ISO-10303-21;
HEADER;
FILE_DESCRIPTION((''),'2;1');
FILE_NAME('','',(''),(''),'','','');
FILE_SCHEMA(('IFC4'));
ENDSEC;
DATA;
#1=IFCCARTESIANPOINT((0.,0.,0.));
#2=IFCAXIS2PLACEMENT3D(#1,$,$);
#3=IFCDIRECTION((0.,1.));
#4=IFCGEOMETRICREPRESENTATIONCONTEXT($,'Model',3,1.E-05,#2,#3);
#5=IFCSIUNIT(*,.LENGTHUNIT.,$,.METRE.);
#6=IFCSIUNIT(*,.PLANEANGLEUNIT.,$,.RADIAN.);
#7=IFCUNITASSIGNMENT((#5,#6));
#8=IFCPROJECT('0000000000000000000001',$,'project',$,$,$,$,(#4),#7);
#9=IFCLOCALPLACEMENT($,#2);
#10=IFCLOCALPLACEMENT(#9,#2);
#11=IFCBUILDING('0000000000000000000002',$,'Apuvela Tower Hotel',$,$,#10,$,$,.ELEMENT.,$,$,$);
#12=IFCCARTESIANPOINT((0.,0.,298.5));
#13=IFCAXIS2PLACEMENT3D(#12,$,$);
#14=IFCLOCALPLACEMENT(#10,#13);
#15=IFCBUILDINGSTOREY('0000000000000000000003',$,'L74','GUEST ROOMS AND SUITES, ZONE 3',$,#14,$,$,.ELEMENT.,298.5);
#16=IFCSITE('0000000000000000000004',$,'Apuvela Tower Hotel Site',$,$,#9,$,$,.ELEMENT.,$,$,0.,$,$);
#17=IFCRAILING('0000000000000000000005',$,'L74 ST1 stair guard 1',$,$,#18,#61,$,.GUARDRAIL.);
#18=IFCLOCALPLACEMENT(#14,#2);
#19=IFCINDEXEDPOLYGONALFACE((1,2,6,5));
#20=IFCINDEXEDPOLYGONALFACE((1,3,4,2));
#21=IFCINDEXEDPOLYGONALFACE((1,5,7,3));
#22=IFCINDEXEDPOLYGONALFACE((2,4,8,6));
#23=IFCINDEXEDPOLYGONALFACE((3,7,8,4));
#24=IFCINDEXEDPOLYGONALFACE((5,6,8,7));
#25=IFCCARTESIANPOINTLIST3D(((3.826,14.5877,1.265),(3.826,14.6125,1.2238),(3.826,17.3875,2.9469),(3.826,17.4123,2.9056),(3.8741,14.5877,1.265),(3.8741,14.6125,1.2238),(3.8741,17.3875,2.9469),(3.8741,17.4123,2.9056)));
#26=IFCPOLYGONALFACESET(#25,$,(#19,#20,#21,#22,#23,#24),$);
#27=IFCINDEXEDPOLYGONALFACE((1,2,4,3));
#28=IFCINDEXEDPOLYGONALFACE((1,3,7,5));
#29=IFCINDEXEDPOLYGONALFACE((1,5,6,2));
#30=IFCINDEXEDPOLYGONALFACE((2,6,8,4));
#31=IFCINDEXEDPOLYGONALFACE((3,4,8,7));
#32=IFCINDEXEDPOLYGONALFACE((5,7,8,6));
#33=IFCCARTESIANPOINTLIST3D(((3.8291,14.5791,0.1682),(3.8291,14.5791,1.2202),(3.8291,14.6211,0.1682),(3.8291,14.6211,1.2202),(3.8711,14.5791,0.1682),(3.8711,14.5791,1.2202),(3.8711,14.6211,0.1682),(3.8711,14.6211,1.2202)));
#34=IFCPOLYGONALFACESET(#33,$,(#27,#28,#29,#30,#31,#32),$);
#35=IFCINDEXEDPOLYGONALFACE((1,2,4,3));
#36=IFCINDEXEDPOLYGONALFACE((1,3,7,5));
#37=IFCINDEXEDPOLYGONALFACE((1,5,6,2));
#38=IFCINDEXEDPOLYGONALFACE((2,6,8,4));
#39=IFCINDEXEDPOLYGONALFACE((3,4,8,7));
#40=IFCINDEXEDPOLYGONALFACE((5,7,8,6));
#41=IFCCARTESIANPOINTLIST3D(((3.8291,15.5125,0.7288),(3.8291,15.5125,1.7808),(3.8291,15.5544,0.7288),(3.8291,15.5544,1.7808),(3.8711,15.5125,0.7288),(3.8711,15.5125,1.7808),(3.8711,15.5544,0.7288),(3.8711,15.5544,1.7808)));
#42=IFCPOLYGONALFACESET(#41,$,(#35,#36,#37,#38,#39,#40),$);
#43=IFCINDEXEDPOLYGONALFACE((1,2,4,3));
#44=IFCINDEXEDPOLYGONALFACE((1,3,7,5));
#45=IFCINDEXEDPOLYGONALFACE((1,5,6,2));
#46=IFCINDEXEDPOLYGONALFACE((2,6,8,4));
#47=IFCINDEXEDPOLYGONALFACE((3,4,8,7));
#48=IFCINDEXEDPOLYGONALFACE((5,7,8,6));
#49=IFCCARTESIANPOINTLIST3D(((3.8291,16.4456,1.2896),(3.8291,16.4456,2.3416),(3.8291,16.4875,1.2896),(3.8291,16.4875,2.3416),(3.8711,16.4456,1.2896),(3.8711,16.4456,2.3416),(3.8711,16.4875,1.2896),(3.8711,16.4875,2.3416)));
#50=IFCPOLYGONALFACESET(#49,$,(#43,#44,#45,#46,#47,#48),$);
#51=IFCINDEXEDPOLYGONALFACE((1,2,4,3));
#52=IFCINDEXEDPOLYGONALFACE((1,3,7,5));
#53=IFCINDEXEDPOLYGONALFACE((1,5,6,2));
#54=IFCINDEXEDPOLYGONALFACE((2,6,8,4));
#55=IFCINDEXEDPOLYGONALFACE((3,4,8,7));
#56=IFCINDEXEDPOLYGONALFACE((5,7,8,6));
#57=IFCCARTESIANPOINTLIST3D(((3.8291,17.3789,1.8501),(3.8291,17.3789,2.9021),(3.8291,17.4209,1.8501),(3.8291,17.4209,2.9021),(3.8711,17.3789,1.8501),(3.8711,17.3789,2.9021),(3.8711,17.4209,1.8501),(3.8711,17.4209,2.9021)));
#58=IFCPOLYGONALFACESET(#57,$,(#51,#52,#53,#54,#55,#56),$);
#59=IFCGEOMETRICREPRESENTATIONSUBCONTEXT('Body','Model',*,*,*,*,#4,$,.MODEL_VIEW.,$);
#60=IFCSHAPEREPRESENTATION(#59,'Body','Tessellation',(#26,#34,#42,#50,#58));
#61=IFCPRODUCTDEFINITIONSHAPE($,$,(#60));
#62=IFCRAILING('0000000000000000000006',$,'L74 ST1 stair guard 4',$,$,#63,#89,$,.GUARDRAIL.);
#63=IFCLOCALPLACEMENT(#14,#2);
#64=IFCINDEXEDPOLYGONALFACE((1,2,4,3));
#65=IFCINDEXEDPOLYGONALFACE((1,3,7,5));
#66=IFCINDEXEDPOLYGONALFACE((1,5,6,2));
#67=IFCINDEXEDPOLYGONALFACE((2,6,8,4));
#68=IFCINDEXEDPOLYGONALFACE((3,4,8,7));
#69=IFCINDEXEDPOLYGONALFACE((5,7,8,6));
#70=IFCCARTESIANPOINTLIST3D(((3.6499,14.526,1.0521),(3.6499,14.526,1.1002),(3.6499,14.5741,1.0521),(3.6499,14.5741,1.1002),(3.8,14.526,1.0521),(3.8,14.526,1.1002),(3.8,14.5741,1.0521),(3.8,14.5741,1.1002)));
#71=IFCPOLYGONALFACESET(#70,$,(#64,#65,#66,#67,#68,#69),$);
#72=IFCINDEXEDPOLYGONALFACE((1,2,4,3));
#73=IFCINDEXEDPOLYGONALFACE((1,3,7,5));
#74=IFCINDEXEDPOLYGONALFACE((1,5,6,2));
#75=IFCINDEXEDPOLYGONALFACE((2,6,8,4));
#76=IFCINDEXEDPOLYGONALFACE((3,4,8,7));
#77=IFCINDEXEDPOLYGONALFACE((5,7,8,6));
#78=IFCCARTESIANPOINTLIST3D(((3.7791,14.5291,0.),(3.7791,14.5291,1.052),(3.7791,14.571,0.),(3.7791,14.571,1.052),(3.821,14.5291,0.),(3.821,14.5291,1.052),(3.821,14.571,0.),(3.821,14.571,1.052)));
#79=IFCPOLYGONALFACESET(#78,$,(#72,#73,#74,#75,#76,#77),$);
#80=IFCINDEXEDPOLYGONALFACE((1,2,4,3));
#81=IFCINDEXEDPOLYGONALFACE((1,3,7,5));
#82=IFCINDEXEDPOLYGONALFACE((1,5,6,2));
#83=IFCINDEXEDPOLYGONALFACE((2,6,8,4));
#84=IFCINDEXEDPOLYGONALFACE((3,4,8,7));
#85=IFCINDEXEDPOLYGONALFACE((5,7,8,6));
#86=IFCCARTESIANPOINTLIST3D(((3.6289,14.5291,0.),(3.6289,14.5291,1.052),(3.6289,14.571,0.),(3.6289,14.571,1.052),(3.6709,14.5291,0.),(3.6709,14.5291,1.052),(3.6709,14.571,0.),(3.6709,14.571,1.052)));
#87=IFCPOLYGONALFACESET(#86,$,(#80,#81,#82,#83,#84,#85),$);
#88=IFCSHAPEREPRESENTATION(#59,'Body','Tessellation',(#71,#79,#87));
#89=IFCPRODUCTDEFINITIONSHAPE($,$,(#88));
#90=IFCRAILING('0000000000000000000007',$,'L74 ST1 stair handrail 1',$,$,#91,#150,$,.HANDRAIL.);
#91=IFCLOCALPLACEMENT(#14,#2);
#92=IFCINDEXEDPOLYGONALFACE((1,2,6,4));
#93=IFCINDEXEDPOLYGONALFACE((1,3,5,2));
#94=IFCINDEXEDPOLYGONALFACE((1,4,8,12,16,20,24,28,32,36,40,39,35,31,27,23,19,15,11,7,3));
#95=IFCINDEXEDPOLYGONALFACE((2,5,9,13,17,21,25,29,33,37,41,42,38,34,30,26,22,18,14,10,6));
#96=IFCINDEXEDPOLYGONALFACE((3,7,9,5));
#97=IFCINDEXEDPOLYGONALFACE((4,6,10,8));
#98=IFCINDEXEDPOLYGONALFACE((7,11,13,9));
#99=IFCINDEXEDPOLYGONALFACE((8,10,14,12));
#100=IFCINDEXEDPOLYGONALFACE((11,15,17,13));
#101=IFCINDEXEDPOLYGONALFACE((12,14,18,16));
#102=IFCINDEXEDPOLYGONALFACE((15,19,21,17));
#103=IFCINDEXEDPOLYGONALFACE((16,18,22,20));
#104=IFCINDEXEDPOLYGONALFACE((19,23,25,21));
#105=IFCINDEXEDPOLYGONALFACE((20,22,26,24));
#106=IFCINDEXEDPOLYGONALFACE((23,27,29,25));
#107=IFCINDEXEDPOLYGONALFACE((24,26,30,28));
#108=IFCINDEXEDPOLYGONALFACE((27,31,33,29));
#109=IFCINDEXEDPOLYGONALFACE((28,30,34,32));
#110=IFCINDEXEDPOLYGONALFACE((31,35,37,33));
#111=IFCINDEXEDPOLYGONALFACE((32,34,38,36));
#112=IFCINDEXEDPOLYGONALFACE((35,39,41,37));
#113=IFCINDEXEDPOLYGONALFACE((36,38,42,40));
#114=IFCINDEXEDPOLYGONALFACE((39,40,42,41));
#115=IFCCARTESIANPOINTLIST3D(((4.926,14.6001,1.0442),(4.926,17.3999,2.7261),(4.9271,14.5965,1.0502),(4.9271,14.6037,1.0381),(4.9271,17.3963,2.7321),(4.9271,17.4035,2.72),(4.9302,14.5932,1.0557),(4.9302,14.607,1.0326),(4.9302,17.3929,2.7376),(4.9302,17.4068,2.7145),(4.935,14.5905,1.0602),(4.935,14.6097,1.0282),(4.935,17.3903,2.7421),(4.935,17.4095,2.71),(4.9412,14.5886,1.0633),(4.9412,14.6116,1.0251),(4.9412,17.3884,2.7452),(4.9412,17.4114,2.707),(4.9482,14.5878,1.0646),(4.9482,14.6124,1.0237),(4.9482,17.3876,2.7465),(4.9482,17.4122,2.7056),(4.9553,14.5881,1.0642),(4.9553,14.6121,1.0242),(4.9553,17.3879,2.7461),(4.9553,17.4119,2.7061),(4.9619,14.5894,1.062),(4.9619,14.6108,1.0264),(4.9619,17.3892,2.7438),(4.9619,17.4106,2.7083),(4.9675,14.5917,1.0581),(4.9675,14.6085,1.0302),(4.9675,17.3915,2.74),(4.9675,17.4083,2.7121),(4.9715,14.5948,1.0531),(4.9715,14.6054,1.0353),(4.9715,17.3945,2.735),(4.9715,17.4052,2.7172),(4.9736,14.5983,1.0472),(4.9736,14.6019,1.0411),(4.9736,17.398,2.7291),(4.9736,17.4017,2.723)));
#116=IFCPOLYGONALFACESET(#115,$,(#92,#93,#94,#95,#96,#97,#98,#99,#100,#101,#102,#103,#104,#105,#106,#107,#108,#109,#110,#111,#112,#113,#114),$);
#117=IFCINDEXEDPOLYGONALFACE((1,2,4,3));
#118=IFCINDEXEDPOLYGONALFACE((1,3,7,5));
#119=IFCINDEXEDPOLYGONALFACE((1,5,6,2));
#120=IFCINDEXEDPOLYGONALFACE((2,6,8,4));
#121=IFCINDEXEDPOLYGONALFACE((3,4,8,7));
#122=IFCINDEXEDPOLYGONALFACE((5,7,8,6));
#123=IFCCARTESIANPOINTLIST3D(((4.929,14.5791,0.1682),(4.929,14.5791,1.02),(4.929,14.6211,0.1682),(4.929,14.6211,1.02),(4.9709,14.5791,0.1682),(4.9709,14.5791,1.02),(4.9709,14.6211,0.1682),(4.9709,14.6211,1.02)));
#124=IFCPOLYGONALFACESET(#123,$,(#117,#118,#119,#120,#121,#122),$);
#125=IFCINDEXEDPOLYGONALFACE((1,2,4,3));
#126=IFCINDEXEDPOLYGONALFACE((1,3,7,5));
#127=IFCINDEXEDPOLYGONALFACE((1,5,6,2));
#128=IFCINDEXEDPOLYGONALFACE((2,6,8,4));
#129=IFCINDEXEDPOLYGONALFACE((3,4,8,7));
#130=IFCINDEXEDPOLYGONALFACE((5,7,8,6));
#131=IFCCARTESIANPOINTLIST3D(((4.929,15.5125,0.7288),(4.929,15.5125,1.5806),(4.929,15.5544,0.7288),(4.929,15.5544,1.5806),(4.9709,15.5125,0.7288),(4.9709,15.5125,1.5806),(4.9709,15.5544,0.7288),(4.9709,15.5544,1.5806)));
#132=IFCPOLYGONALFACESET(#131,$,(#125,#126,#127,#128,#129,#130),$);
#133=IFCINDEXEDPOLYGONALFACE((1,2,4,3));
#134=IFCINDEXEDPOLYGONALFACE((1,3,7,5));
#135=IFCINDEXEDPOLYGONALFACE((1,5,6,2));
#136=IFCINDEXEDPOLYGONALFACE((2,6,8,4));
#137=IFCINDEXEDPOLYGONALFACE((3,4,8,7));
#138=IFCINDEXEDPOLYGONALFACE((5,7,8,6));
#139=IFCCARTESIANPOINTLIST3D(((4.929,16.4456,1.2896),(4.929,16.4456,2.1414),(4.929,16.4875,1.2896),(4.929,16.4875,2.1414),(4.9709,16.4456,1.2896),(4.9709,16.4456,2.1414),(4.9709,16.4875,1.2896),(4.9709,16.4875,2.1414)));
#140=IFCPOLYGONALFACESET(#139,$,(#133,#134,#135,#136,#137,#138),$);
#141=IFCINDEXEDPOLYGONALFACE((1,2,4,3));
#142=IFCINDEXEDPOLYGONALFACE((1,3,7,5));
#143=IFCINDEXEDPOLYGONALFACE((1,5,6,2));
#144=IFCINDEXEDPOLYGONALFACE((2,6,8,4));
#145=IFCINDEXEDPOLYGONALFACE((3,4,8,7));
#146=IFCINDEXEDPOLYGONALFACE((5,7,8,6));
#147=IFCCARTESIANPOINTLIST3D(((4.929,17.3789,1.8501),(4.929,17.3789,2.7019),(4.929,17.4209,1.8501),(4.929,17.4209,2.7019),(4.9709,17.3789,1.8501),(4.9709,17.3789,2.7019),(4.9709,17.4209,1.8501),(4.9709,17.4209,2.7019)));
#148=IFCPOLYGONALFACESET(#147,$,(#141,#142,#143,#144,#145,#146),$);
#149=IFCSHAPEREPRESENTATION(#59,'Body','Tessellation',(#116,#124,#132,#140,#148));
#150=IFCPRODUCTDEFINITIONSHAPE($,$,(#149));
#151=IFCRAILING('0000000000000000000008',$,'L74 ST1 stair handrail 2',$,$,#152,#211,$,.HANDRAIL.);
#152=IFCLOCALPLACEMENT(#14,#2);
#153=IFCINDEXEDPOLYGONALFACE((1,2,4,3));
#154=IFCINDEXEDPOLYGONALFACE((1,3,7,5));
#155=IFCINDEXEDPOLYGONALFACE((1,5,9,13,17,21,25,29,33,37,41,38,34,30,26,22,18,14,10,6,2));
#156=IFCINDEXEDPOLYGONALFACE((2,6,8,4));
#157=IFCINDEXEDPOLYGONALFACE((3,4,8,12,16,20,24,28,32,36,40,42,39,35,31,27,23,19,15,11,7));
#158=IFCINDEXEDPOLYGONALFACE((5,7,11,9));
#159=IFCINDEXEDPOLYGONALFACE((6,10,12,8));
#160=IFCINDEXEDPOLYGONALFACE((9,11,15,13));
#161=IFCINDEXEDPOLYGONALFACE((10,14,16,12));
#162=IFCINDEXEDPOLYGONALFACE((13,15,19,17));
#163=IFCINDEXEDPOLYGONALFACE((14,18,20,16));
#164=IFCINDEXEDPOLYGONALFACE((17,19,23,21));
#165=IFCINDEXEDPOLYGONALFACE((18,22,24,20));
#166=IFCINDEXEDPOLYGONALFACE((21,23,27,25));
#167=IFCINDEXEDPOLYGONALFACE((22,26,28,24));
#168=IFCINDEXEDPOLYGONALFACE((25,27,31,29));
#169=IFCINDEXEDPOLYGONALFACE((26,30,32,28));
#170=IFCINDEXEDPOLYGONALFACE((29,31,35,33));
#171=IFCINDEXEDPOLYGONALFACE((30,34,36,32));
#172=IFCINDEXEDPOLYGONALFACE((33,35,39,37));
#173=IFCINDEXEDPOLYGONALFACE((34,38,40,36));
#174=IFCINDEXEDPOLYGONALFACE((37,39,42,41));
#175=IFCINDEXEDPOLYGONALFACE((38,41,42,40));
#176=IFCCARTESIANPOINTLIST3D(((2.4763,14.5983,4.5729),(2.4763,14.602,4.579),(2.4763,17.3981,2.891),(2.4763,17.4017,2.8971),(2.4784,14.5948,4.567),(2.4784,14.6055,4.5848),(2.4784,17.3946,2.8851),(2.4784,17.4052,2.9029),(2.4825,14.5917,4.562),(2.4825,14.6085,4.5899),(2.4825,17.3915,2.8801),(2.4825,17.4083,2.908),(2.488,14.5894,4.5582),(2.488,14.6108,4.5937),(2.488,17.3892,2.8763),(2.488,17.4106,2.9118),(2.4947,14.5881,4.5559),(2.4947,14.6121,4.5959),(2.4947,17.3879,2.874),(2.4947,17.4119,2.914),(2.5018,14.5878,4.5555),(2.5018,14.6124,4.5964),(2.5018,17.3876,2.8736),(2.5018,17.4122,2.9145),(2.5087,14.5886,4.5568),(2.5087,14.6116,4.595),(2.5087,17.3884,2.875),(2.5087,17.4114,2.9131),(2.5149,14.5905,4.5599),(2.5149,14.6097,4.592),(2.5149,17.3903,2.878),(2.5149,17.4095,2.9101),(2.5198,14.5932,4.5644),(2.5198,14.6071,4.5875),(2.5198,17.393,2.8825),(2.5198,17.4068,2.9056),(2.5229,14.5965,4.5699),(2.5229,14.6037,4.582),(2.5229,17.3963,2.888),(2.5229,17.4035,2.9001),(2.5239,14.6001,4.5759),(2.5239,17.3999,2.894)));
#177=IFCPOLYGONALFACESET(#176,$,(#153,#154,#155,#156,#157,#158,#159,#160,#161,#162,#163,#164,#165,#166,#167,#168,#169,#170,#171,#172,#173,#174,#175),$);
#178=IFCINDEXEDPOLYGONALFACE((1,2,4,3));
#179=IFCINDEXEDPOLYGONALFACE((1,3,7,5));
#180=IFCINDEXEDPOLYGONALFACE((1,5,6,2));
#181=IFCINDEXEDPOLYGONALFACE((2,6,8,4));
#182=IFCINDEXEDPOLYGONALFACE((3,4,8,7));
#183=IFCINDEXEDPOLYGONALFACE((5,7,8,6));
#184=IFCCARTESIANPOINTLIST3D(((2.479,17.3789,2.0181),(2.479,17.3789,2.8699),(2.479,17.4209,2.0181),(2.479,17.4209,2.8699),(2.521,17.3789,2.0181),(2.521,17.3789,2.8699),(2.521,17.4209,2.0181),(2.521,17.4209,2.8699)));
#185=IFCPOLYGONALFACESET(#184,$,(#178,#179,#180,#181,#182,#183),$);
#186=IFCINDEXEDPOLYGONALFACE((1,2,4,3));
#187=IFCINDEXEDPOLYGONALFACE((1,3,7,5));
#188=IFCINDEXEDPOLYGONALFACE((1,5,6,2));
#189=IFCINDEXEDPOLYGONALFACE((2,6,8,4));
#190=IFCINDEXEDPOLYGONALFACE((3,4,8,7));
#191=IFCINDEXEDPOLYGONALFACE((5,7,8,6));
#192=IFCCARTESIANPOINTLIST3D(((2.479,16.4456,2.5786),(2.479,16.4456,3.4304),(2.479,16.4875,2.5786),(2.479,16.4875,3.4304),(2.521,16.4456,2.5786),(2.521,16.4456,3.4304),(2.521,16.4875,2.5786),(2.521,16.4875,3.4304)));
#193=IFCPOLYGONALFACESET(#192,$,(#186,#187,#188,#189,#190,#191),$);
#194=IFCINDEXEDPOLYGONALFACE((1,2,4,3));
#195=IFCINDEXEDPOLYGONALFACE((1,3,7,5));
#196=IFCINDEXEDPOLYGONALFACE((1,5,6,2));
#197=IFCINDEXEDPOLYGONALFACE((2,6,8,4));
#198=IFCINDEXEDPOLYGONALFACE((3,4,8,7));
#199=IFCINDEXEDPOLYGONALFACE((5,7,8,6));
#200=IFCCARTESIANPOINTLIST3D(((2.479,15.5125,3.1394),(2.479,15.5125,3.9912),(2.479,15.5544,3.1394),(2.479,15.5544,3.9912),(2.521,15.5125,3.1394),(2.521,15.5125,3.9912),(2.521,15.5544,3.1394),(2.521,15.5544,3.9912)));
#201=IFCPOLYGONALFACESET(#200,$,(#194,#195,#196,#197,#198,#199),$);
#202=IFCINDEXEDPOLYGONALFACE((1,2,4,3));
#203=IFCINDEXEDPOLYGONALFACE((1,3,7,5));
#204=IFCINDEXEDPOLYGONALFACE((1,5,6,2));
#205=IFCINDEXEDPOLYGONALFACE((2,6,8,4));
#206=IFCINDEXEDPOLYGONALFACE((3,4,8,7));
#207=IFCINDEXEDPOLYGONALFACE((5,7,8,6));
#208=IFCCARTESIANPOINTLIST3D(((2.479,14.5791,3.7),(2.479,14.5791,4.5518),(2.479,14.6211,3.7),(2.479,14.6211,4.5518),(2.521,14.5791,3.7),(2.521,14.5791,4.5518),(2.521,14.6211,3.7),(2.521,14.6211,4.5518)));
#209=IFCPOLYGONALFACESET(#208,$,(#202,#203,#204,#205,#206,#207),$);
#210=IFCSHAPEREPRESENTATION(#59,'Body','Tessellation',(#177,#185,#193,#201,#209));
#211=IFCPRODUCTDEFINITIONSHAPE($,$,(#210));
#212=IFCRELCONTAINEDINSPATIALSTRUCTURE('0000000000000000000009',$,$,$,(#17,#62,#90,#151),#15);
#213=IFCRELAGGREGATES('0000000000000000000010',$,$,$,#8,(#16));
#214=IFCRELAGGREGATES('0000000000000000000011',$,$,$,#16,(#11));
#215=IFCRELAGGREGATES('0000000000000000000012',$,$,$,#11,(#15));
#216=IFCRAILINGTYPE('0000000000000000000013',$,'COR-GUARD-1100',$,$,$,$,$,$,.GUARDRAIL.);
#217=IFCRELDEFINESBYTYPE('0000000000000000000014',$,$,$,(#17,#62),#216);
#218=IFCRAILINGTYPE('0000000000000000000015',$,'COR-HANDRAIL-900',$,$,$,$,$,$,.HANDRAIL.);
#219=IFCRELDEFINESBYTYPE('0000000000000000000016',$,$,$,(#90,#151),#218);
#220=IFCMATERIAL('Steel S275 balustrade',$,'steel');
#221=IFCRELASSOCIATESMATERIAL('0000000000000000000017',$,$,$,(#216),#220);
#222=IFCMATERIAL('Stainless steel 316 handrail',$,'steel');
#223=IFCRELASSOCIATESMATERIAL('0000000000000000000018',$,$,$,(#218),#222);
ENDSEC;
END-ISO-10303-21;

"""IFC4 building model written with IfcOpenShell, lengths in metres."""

from ifc_helpers import new_model, si_unit, direction, frame, origin, origin_2d, place, context, subcontext, project, spatial, rectangle, circle, extrude, material, type_object, element, save


model = new_model("IFC4")

# Units and contexts
model_context = context("Model", 3, precision=1e-05, world=origin(), true_north=direction((0.0, 1.0)))
body_context = subcontext(model_context, "Body", "Model", "MODEL_VIEW")
ifc_project = project(units=[si_unit("LENGTHUNIT", "METRE"), si_unit("PLANEANGLEUNIT", "RADIAN")], contexts=[model_context])

# Site, building, storey
site_placement = place(None, origin())
site = spatial("IfcSite", under=ifc_project, at=site_placement, Name="Apuvela Tower Hotel Site", CompositionType="ELEMENT", RefElevation=0.0)
building_placement = place(site_placement, origin())
building = spatial("IfcBuilding", under=site, at=building_placement, Name="Apuvela Tower Hotel", CompositionType="ELEMENT")
storey_placement = place(building_placement, frame((0.0, 0.0, 298.5)))
storey = spatial("IfcBuildingStorey", under=building, at=storey_placement, Name="L74", Description="GUEST ROOMS AND SUITES, ZONE 3", CompositionType="ELEMENT", Elevation=298.5)

# Railings
ifc_material_1 = material(Name="Steel S275 balustrade", Category="steel")
railing_type_1 = type_object("IfcRailingType", Name="COR-GUARD-1100", PredefinedType="GUARDRAIL", material=ifc_material_1)
railing_1_placement = place(storey_placement, frame((3.8501, 14.6001, 0.1682)))
element("IfcRailing", 1, at=railing_1_placement, inside=storey, type_object=railing_type_1, Name="L74 ST1 stair guard 1", PredefinedType="GUARDRAIL", context=body_context, shape_type="SweptSolid", body=[
    extrude(rectangle(XDim=0.0481, YDim=0.0481, at=origin_2d()), frame((0.0, 0.0, 1.0762), z_axis=(0.0, 0.857222, 0.514946), x_axis=(-1.0, 0.0, 0.0)), (0.0, 0.0, 1.0), 3.2661),
    extrude(rectangle(XDim=0.042, YDim=0.042, at=origin_2d()), origin(), (0.0, 0.0, 1.0), 1.052),
    extrude(rectangle(XDim=0.042, YDim=0.042, at=origin_2d()), frame((0.0, 0.9333, 0.5605)), (0.0, 0.0, 1.0), 1.052),
    extrude(rectangle(XDim=0.042, YDim=0.042, at=origin_2d()), frame((0.0, 1.8665, 1.1213)), (0.0, 0.0, 1.0), 1.052),
    extrude(rectangle(XDim=0.042, YDim=0.042, at=origin_2d()), frame((0.0, 2.7998, 1.6819)), (0.0, 0.0, 1.0), 1.052),
])
railing_2_placement = place(storey_placement, frame((3.8, 14.55, 0.0)))
element("IfcRailing", 2, at=railing_2_placement, inside=storey, type_object=railing_type_1, Name="L74 ST1 stair guard 4", PredefinedType="GUARDRAIL", context=body_context, shape_type="SweptSolid", body=[
    extrude(rectangle(XDim=0.0481, YDim=0.0481, at=origin_2d()), frame((0.0, 0.0, 1.0762), z_axis=(-1.0, 0.0, 0.0), x_axis=(0.0, -1.0, 0.0)), (0.0, 0.0, 1.0), 0.1501),
    extrude(rectangle(XDim=0.042, YDim=0.042, at=origin_2d()), origin(), (0.0, 0.0, 1.0), 1.052),
    extrude(rectangle(XDim=0.042, YDim=0.042, at=origin_2d()), frame((-0.1501, 0.0, 0.0)), (0.0, 0.0, 1.0), 1.052),
])
ifc_material_2 = material(Name="Stainless steel 316 handrail", Category="steel")
railing_type_2 = type_object("IfcRailingType", Name="COR-HANDRAIL-900", PredefinedType="HANDRAIL", material=ifc_material_2)
railing_3_placement = place(storey_placement, frame((4.95, 14.6001, 0.1682)))
element("IfcRailing", 3, at=railing_3_placement, inside=storey, type_object=railing_type_2, Name="L74 ST1 stair handrail 1", PredefinedType="HANDRAIL", context=body_context, shape_type="SweptSolid", body=[
    extrude(circle(Radius=0.0239, at=origin_2d()), frame((0.0, 0.0, 0.876), z_axis=(0.0, 0.857222, 0.514946), x_axis=(-1.0, 0.0, 0.0)), (0.0, 0.0, 1.0), 3.2661),
    extrude(rectangle(XDim=0.042, YDim=0.042, at=origin_2d()), origin(), (0.0, 0.0, 1.0), 0.8518),
    extrude(rectangle(XDim=0.042, YDim=0.042, at=origin_2d()), frame((0.0, 0.9333, 0.5605)), (0.0, 0.0, 1.0), 0.8518),
    extrude(rectangle(XDim=0.042, YDim=0.042, at=origin_2d()), frame((0.0, 1.8665, 1.1213)), (0.0, 0.0, 1.0), 0.8518),
    extrude(rectangle(XDim=0.042, YDim=0.042, at=origin_2d()), frame((0.0, 2.7998, 1.6819)), (0.0, 0.0, 1.0), 0.8518),
])
railing_4_placement = place(storey_placement, frame((2.5, 17.3999, 2.0181)))
element("IfcRailing", 4, at=railing_4_placement, inside=storey, type_object=railing_type_2, Name="L74 ST1 stair handrail 2", PredefinedType="HANDRAIL", context=body_context, shape_type="SweptSolid", body=[
    extrude(circle(Radius=0.0239, at=origin_2d()), frame((0.0, 0.0, 0.876), z_axis=(0.0, -0.857222, 0.514946), x_axis=(1.0, 0.0, 0.0)), (0.0, 0.0, 1.0), 3.2661),
    extrude(rectangle(XDim=0.042, YDim=0.042, at=origin_2d()), origin(), (0.0, 0.0, 1.0), 0.8518),
    extrude(rectangle(XDim=0.042, YDim=0.042, at=origin_2d()), frame((0.0, -0.9333, 0.5605)), (0.0, 0.0, 1.0), 0.8518),
    extrude(rectangle(XDim=0.042, YDim=0.042, at=origin_2d()), frame((0.0, -1.8665, 1.1213)), (0.0, 0.0, 1.0), 0.8518),
    extrude(rectangle(XDim=0.042, YDim=0.042, at=origin_2d()), frame((0.0, -2.7998, 1.6819)), (0.0, 0.0, 1.0), 0.8518),
])

save(model, "model.ifc")
